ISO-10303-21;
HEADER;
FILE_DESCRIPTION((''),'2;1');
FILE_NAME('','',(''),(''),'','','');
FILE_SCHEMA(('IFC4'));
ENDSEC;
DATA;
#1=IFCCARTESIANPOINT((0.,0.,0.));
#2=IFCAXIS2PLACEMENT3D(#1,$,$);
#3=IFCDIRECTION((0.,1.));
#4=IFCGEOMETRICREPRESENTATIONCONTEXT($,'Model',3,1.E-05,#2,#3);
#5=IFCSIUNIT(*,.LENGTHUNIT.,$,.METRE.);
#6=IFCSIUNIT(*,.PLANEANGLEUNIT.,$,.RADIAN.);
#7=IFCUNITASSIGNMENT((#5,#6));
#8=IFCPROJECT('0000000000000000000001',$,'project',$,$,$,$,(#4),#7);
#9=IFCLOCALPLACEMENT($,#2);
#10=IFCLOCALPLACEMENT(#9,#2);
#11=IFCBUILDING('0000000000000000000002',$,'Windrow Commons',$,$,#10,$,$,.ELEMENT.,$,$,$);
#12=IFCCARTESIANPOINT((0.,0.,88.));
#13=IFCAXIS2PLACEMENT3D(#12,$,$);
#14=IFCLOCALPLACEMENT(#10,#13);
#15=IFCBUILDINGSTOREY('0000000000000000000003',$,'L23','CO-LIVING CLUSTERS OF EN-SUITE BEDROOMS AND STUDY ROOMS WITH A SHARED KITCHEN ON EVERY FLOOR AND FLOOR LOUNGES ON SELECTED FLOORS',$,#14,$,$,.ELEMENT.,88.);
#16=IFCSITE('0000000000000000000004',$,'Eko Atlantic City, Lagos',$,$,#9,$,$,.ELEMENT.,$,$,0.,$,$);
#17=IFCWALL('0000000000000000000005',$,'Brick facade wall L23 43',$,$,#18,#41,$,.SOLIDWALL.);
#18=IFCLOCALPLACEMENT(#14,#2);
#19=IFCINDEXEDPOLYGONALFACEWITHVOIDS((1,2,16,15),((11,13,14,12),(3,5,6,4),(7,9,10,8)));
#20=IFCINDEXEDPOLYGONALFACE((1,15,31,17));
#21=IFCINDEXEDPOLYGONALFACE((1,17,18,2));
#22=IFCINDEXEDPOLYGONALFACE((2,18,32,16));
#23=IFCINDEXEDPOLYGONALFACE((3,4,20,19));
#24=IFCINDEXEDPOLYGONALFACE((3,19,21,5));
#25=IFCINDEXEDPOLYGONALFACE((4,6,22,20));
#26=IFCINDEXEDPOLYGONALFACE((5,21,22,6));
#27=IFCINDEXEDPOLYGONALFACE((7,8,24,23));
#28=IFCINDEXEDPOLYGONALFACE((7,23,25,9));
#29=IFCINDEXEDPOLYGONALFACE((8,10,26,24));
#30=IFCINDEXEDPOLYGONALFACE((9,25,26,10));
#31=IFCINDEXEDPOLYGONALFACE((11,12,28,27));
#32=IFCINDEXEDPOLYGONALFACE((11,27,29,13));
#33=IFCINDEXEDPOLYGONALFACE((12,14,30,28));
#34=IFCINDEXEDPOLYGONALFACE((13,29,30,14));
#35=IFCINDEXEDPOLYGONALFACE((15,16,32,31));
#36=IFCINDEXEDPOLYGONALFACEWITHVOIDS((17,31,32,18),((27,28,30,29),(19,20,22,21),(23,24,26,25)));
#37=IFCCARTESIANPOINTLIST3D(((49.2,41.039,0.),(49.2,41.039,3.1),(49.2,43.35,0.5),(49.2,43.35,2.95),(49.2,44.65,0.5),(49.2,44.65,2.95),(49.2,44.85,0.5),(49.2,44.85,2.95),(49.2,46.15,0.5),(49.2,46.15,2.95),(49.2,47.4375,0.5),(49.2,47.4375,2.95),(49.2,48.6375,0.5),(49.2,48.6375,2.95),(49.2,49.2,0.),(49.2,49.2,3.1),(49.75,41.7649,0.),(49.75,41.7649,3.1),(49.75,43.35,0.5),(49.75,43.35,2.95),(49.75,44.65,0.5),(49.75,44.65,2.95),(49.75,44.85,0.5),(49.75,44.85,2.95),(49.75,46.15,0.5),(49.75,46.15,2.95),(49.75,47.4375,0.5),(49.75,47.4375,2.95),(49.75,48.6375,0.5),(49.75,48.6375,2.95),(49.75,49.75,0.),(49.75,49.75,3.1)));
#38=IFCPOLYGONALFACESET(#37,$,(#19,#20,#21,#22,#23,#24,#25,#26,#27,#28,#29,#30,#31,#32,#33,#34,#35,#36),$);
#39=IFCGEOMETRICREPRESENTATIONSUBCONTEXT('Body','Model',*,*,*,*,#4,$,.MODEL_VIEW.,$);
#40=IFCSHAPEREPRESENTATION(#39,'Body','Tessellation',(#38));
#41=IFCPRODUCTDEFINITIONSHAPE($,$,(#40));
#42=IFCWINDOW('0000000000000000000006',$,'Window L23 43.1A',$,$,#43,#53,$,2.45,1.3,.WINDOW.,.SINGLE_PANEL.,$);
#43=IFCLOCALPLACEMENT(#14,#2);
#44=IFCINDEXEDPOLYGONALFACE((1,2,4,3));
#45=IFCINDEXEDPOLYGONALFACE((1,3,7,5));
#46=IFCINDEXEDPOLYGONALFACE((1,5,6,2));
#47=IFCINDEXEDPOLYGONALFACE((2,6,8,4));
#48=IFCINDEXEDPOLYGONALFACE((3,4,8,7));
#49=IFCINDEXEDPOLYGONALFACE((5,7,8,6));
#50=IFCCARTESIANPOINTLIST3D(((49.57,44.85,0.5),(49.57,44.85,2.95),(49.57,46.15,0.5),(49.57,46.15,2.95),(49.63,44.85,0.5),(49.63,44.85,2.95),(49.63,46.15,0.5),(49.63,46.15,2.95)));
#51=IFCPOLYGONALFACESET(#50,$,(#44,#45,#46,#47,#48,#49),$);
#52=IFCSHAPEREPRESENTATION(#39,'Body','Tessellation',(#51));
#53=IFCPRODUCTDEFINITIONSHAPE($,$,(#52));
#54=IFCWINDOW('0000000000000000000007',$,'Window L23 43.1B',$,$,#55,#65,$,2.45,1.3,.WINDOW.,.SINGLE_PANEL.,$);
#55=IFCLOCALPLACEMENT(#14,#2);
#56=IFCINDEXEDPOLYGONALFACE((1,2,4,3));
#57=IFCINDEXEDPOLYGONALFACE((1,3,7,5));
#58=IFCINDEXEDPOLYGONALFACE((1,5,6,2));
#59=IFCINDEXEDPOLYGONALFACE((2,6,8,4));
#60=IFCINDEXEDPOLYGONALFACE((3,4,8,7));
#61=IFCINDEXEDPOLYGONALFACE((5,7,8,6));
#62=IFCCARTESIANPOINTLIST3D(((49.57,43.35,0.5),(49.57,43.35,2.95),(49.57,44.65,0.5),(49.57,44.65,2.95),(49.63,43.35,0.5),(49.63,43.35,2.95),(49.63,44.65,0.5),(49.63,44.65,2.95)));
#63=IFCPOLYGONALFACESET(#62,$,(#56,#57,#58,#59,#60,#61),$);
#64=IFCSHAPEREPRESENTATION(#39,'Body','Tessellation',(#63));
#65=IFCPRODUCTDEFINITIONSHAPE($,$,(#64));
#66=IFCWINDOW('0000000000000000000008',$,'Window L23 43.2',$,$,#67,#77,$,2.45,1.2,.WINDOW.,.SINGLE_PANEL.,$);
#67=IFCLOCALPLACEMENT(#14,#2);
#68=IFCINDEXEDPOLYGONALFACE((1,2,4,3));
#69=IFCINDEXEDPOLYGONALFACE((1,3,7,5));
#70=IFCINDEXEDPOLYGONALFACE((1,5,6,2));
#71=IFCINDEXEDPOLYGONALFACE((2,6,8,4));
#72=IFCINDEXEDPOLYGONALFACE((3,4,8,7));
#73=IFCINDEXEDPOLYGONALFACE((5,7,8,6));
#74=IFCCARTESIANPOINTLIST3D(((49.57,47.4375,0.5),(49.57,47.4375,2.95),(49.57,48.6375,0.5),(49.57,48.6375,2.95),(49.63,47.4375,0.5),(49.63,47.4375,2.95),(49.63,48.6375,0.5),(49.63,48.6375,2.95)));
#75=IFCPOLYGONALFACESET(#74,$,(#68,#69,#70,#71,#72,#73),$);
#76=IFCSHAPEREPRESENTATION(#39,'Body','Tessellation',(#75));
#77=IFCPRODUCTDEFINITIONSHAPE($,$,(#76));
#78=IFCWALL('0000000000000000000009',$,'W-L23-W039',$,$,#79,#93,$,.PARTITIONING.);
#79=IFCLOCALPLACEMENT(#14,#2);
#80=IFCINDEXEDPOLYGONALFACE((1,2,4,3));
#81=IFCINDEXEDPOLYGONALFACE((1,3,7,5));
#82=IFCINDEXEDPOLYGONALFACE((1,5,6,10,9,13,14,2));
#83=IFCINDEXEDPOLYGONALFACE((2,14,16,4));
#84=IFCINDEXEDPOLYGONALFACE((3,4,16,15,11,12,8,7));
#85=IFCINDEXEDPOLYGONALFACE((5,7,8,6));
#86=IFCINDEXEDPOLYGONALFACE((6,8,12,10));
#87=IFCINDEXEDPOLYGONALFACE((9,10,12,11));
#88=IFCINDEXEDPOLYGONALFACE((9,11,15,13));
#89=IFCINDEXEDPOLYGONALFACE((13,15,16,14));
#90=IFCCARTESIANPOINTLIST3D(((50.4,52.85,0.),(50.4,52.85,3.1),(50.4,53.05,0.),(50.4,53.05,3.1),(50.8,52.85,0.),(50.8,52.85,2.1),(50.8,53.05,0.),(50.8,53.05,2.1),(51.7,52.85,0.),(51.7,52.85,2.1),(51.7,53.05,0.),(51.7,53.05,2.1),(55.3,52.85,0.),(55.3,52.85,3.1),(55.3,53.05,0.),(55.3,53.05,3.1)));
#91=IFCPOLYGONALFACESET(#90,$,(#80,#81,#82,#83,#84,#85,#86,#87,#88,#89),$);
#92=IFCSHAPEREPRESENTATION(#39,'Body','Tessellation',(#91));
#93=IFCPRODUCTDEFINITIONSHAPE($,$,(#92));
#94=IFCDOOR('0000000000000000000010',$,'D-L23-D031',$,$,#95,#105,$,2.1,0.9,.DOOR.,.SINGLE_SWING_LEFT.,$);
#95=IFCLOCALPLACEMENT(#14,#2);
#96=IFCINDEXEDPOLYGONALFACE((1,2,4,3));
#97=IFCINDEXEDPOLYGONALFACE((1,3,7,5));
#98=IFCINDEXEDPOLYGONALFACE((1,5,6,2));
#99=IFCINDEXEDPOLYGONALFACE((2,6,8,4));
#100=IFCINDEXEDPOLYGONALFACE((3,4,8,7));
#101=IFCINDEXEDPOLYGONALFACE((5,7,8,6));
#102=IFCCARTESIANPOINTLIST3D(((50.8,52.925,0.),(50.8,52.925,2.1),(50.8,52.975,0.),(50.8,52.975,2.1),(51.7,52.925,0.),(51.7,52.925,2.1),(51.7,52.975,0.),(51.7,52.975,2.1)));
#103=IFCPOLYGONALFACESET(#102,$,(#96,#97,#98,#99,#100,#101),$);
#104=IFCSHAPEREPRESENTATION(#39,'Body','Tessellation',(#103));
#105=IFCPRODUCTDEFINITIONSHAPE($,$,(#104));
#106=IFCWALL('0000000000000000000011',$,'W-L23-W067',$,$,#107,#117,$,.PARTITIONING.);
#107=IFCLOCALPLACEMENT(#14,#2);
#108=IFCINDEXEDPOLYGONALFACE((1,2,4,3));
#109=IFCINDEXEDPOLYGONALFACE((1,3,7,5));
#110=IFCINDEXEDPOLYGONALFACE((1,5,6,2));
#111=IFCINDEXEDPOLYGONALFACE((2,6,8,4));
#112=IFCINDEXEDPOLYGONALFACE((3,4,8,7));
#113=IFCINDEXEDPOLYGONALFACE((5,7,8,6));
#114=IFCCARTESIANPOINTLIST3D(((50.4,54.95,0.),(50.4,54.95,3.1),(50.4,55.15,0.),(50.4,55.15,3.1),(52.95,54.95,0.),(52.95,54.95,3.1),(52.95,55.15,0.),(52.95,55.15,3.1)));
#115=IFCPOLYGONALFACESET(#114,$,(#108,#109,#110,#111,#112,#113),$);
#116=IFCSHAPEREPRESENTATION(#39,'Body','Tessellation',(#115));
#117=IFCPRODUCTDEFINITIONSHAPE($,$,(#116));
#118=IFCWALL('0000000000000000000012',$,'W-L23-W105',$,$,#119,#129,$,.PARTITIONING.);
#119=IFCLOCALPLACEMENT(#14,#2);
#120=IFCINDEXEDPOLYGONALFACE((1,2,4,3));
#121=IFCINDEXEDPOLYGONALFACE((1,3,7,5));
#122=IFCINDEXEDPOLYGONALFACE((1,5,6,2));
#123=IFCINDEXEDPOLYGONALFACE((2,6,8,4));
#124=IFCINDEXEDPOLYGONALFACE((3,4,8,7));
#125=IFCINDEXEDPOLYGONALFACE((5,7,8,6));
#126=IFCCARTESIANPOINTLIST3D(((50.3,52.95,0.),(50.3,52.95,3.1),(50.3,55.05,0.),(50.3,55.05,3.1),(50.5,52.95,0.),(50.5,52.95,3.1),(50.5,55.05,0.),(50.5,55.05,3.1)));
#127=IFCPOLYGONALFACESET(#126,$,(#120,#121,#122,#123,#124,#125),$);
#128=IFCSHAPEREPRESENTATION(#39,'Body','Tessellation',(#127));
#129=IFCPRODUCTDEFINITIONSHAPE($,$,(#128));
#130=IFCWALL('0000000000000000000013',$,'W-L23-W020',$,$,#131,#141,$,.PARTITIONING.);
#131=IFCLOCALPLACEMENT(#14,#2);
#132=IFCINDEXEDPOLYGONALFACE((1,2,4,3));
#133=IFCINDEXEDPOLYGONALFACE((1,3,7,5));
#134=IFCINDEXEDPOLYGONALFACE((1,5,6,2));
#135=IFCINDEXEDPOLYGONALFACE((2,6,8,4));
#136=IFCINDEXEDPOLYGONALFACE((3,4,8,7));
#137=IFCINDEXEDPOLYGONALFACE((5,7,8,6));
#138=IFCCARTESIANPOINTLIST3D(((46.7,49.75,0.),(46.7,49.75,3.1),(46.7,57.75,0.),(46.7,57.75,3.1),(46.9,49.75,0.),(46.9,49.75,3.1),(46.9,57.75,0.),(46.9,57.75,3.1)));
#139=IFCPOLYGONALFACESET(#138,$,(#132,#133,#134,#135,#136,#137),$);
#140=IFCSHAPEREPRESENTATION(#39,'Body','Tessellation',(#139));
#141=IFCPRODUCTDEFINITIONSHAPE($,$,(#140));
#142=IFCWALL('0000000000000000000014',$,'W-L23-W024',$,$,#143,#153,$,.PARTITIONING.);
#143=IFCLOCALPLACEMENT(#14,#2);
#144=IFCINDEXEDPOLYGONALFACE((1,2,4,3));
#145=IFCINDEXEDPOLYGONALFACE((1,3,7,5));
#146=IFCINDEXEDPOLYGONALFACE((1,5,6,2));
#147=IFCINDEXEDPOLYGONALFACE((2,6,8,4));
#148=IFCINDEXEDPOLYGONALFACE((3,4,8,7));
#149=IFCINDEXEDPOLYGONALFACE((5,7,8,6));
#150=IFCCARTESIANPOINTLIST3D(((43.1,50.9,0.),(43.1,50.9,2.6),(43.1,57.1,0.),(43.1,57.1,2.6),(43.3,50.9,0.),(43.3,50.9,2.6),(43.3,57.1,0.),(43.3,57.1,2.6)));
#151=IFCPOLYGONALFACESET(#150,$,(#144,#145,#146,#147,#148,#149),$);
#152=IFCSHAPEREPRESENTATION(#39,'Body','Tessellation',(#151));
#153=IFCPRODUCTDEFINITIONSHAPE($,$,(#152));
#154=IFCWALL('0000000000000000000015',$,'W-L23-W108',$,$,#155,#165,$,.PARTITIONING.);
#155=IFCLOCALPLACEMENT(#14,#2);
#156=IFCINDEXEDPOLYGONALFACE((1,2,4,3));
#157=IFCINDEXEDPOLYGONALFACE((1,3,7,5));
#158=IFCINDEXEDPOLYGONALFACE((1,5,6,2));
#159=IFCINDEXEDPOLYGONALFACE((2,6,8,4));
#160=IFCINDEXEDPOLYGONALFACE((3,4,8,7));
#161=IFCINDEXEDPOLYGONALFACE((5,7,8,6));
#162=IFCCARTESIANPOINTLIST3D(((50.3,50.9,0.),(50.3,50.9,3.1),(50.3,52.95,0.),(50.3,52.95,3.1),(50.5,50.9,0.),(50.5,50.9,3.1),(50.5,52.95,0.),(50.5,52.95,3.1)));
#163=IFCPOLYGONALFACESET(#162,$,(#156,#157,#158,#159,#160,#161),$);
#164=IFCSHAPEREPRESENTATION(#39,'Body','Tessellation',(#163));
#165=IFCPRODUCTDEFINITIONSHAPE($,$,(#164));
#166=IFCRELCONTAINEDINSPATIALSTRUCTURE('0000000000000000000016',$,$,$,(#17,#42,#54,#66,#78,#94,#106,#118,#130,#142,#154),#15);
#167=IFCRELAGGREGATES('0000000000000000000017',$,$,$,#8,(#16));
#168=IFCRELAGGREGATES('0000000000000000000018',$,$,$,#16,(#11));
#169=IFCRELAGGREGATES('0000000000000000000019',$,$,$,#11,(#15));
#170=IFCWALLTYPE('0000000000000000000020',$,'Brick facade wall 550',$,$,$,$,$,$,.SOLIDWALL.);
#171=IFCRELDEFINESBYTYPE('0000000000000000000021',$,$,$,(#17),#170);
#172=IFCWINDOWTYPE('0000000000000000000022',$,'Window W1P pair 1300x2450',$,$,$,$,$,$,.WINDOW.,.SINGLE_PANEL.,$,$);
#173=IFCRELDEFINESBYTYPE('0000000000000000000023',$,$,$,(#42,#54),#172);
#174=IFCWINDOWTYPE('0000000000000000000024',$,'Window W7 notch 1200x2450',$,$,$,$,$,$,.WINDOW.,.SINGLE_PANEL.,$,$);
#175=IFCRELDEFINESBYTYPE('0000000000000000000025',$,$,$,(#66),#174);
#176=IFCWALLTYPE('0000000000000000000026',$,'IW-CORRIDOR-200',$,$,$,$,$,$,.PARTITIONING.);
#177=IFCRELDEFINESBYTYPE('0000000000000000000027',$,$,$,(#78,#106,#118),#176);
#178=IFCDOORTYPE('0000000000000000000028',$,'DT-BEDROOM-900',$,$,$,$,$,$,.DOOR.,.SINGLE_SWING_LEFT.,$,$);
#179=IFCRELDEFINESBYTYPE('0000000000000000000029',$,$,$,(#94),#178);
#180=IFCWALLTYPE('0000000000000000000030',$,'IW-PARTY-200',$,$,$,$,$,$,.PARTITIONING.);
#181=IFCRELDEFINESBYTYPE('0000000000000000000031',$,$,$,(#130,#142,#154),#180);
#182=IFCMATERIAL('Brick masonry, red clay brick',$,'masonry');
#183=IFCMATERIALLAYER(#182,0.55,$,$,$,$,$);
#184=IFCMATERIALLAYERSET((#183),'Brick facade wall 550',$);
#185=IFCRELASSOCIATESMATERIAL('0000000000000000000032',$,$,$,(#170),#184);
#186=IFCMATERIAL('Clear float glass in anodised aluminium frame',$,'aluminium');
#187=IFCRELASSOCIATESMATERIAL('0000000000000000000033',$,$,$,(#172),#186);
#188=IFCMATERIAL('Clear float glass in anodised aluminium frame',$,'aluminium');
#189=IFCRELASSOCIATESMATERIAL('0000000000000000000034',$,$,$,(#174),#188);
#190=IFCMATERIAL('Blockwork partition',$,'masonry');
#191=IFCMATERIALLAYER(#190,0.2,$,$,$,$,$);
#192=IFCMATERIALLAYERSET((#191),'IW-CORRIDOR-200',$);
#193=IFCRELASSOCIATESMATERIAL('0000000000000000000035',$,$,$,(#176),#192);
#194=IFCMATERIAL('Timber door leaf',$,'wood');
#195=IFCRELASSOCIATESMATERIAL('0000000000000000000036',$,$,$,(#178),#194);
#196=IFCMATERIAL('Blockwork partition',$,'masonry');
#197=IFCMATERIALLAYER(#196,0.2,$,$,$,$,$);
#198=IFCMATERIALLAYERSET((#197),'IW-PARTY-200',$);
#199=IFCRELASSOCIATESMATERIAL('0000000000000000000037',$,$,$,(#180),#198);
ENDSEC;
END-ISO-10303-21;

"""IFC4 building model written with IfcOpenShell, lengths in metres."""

from ifc_helpers import new_model, si_unit, direction, frame, frame_2d, origin, place, context, subcontext, project, spatial, polyline, rectangle, outline, extrude, material, layer, layer_set, type_object, element, fill, save


model = new_model("IFC4")

# Units and contexts
model_context = context("Model", 3, precision=1e-05, world=origin(), true_north=direction((0.0, 1.0)))
body_context = subcontext(model_context, "Body", "Model", "MODEL_VIEW")
ifc_project = project(units=[si_unit("LENGTHUNIT", "METRE"), si_unit("PLANEANGLEUNIT", "RADIAN")], contexts=[model_context])

# Site, building, storey
site_placement = place(None, origin())
site = spatial("IfcSite", under=ifc_project, at=site_placement, Name="Eko Atlantic City, Lagos", CompositionType="ELEMENT", RefElevation=0.0)
building_placement = place(site_placement, origin())
building = spatial("IfcBuilding", under=site, at=building_placement, Name="Windrow Commons", CompositionType="ELEMENT")
storey_placement = place(building_placement, frame((0.0, 0.0, 88.0)))
storey = spatial("IfcBuildingStorey", under=building, at=storey_placement, Name="L23", Description="CO-LIVING CLUSTERS OF EN-SUITE BEDROOMS AND STUDY ROOMS WITH A SHARED KITCHEN ON EVERY FLOOR AND FLOOR LOUNGES ON SELECTED FLOORS", CompositionType="ELEMENT", Elevation=88.0)

# Wall, openings, windows
ifc_material_1 = material(Name="Brick masonry, red clay brick", Category="masonry")
ifc_layer_1 = layer(ifc_material_1, 0.55)
ifc_layer_set_1 = layer_set([ifc_layer_1], Name="Brick facade wall 550")
wall_type_1 = type_object("IfcWallType", Name="Brick facade wall 550", PredefinedType="SOLIDWALL", material=ifc_layer_set_1)
ifc_material_2 = material(Name="Clear float glass in anodised aluminium frame", Category="aluminium")
window_type_1 = type_object("IfcWindowType", Name="Window W1P pair 1300x2450", PartitioningType="SINGLE_PANEL", PredefinedType="WINDOW", material=ifc_material_2)
ifc_material_3 = material(Name="Clear float glass in anodised aluminium frame", Category="aluminium")
window_type_2 = type_object("IfcWindowType", Name="Window W7 notch 1200x2450", PartitioningType="SINGLE_PANEL", PredefinedType="WINDOW", material=ifc_material_3)
wall_1_placement = place(storey_placement, frame((49.475, 49.475, 0.0), z_axis=(0.0, 0.0, 1.0), x_axis=(0.0, -1.0, 0.0)))
wall_1 = element("IfcWall", 1, at=wall_1_placement, inside=storey, type_object=wall_type_1, Name="Brick facade wall L23 43", PredefinedType="SOLIDWALL", context=body_context, shape_type="SweptSolid", body=[
    extrude(outline(polyline([(0.275, -0.275), (8.436, -0.275), (7.7101, 0.275), (-0.275, 0.275), (0.275, -0.275)])), origin(), (0.0, 0.0, 1.0), 3.1),
])
opening_1_placement = place(wall_1_placement, frame((3.325, 0.0, 0.5)))
opening_1 = element("IfcOpeningElement", 2, at=opening_1_placement, cuts=wall_1, PredefinedType="OPENING", context=body_context, shape_type="SweptSolid", body=[
    extrude(rectangle(XDim=1.3, YDim=2.45, at=frame_2d((0.65, 1.225))), frame((0.0, 0.285, 0.0), z_axis=(0.0, -1.0, 0.0), x_axis=(1.0, 0.0, 0.0)), (0.0, 0.0, 1.0), 0.57),
])
opening_2_placement = place(wall_1_placement, frame((4.825, 0.0, 0.5)))
opening_2 = element("IfcOpeningElement", 3, at=opening_2_placement, cuts=wall_1, PredefinedType="OPENING", context=body_context, shape_type="SweptSolid", body=[
    extrude(rectangle(XDim=1.3, YDim=2.45, at=frame_2d((0.65, 1.225))), frame((0.0, 0.285, 0.0), z_axis=(0.0, -1.0, 0.0), x_axis=(1.0, 0.0, 0.0)), (0.0, 0.0, 1.0), 0.57),
])
opening_3_placement = place(wall_1_placement, frame((0.8375, 0.0, 0.5)))
opening_3 = element("IfcOpeningElement", 4, at=opening_3_placement, cuts=wall_1, PredefinedType="OPENING", context=body_context, shape_type="SweptSolid", body=[
    extrude(rectangle(XDim=1.2, YDim=2.45, at=frame_2d((0.6, 1.225))), frame((0.0, 0.285, 0.0), z_axis=(0.0, -1.0, 0.0), x_axis=(1.0, 0.0, 0.0)), (0.0, 0.0, 1.0), 0.57),
])
window_1_placement = place(opening_1_placement, origin())
window_1 = element("IfcWindow", 5, at=window_1_placement, inside=storey, type_object=window_type_1, Name="Window L23 43.1A", OverallHeight=2.45, OverallWidth=1.3, PartitioningType="SINGLE_PANEL", PredefinedType="WINDOW", context=body_context, shape_type="SweptSolid", body=[
    extrude(rectangle(XDim=1.3, YDim=2.45, at=frame_2d((0.65, 1.225))), frame((0.0, 0.155, 0.0), z_axis=(0.0, -1.0, 0.0), x_axis=(1.0, 0.0, 0.0)), (0.0, 0.0, 1.0), 0.06),
])
fill(opening_1, window_1)
window_2_placement = place(opening_2_placement, origin())
window_2 = element("IfcWindow", 6, at=window_2_placement, inside=storey, type_object=window_type_1, Name="Window L23 43.1B", OverallHeight=2.45, OverallWidth=1.3, PartitioningType="SINGLE_PANEL", PredefinedType="WINDOW", context=body_context, shape_type="SweptSolid", body=[
    extrude(rectangle(XDim=1.3, YDim=2.45, at=frame_2d((0.65, 1.225))), frame((0.0, 0.155, 0.0), z_axis=(0.0, -1.0, 0.0), x_axis=(1.0, 0.0, 0.0)), (0.0, 0.0, 1.0), 0.06),
])
fill(opening_2, window_2)
window_3_placement = place(opening_3_placement, origin())
window_3 = element("IfcWindow", 7, at=window_3_placement, inside=storey, type_object=window_type_2, Name="Window L23 43.2", OverallHeight=2.45, OverallWidth=1.2, PartitioningType="SINGLE_PANEL", PredefinedType="WINDOW", context=body_context, shape_type="SweptSolid", body=[
    extrude(rectangle(XDim=1.2, YDim=2.45, at=frame_2d((0.6, 1.225))), frame((0.0, 0.155, 0.0), z_axis=(0.0, -1.0, 0.0), x_axis=(1.0, 0.0, 0.0)), (0.0, 0.0, 1.0), 0.06),
])
fill(opening_3, window_3)

# Wall, opening, door
ifc_material_4 = material(Name="Blockwork partition", Category="masonry")
ifc_layer_2 = layer(ifc_material_4, 0.2)
ifc_layer_set_2 = layer_set([ifc_layer_2], Name="IW-CORRIDOR-200")
wall_type_2 = type_object("IfcWallType", Name="IW-CORRIDOR-200", PredefinedType="PARTITIONING", material=ifc_layer_set_2)
wall_2_placement = place(storey_placement, frame((50.4, 52.95, 0.0), z_axis=(0.0, 0.0, 1.0), x_axis=(1.0, 0.0, 0.0)))
wall_2 = element("IfcWall", 8, at=wall_2_placement, inside=storey, type_object=wall_type_2, Name="W-L23-W039", PredefinedType="PARTITIONING", context=body_context, shape_type="SweptSolid", body=[
    extrude(rectangle(XDim=4.9, YDim=0.2, at=frame_2d((2.45, 0.0))), origin(), (0.0, 0.0, 1.0), 3.1),
])
opening_4_placement = place(wall_2_placement, frame((0.4, 0.0, 0.0)))
opening_4 = element("IfcOpeningElement", 9, at=opening_4_placement, cuts=wall_2, PredefinedType="OPENING", context=body_context, shape_type="SweptSolid", body=[
    extrude(rectangle(XDim=0.9, YDim=2.1, at=frame_2d((0.45, 1.05))), frame((0.0, 0.11, 0.0), z_axis=(0.0, -1.0, 0.0), x_axis=(1.0, 0.0, 0.0)), (0.0, 0.0, 1.0), 0.22),
])
ifc_material_5 = material(Name="Timber door leaf", Category="wood")
door_type = type_object("IfcDoorType", Name="DT-BEDROOM-900", OperationType="SINGLE_SWING_LEFT", PredefinedType="DOOR", material=ifc_material_5)
door_placement = place(opening_4_placement, origin())
door = element("IfcDoor", 10, at=door_placement, inside=storey, type_object=door_type, Name="D-L23-D031", OperationType="SINGLE_SWING_LEFT", OverallHeight=2.1, OverallWidth=0.9, PredefinedType="DOOR", context=body_context, shape_type="SweptSolid", body=[
    extrude(rectangle(XDim=0.9, YDim=2.1, at=frame_2d((0.45, 1.05))), frame((0.0, 0.025, 0.0), z_axis=(0.0, -1.0, 0.0), x_axis=(1.0, 0.0, 0.0)), (0.0, 0.0, 1.0), 0.05),
])
fill(opening_4, door)

# Walls
wall_3_placement = place(storey_placement, frame((50.4, 55.05, 0.0), z_axis=(0.0, 0.0, 1.0), x_axis=(1.0, 0.0, 0.0)))
element("IfcWall", 11, at=wall_3_placement, inside=storey, type_object=wall_type_2, Name="W-L23-W067", PredefinedType="PARTITIONING", context=body_context, shape_type="SweptSolid", body=[
    extrude(rectangle(XDim=2.55, YDim=0.2, at=frame_2d((1.275, 0.0))), origin(), (0.0, 0.0, 1.0), 3.1),
])
wall_4_placement = place(storey_placement, frame((50.4, 52.95, 0.0), z_axis=(0.0, 0.0, 1.0), x_axis=(0.0, 1.0, 0.0)))
element("IfcWall", 12, at=wall_4_placement, inside=storey, type_object=wall_type_2, Name="W-L23-W105", PredefinedType="PARTITIONING", context=body_context, shape_type="SweptSolid", body=[
    extrude(rectangle(XDim=2.1, YDim=0.2, at=frame_2d((1.05, 0.0))), origin(), (0.0, 0.0, 1.0), 3.1),
])
ifc_material_6 = material(Name="Blockwork partition", Category="masonry")
ifc_layer_3 = layer(ifc_material_6, 0.2)
ifc_layer_set_3 = layer_set([ifc_layer_3], Name="IW-PARTY-200")
wall_type_3 = type_object("IfcWallType", Name="IW-PARTY-200", PredefinedType="PARTITIONING", material=ifc_layer_set_3)
wall_5_placement = place(storey_placement, frame((46.8, 49.75, 0.0), z_axis=(0.0, 0.0, 1.0), x_axis=(0.0, 1.0, 0.0)))
element("IfcWall", 13, at=wall_5_placement, inside=storey, type_object=wall_type_3, Name="W-L23-W020", PredefinedType="PARTITIONING", context=body_context, shape_type="SweptSolid", body=[
    extrude(rectangle(XDim=8.0, YDim=0.2, at=frame_2d((4.0, 0.0))), origin(), (0.0, 0.0, 1.0), 3.1),
])
wall_6_placement = place(storey_placement, frame((43.2, 50.9, 0.0), z_axis=(0.0, 0.0, 1.0), x_axis=(0.0, 1.0, 0.0)))
element("IfcWall", 14, at=wall_6_placement, inside=storey, type_object=wall_type_3, Name="W-L23-W024", PredefinedType="PARTITIONING", context=body_context, shape_type="SweptSolid", body=[
    extrude(rectangle(XDim=6.2, YDim=0.2, at=frame_2d((3.1, 0.0))), origin(), (0.0, 0.0, 1.0), 2.6),
])
wall_7_placement = place(storey_placement, frame((50.4, 50.9, 0.0), z_axis=(0.0, 0.0, 1.0), x_axis=(0.0, 1.0, 0.0)))
element("IfcWall", 15, at=wall_7_placement, inside=storey, type_object=wall_type_3, Name="W-L23-W108", PredefinedType="PARTITIONING", context=body_context, shape_type="SweptSolid", body=[
    extrude(rectangle(XDim=2.05, YDim=0.2, at=frame_2d((1.025, 0.0))), origin(), (0.0, 0.0, 1.0), 3.1),
])

save(model, "model.ifc")
